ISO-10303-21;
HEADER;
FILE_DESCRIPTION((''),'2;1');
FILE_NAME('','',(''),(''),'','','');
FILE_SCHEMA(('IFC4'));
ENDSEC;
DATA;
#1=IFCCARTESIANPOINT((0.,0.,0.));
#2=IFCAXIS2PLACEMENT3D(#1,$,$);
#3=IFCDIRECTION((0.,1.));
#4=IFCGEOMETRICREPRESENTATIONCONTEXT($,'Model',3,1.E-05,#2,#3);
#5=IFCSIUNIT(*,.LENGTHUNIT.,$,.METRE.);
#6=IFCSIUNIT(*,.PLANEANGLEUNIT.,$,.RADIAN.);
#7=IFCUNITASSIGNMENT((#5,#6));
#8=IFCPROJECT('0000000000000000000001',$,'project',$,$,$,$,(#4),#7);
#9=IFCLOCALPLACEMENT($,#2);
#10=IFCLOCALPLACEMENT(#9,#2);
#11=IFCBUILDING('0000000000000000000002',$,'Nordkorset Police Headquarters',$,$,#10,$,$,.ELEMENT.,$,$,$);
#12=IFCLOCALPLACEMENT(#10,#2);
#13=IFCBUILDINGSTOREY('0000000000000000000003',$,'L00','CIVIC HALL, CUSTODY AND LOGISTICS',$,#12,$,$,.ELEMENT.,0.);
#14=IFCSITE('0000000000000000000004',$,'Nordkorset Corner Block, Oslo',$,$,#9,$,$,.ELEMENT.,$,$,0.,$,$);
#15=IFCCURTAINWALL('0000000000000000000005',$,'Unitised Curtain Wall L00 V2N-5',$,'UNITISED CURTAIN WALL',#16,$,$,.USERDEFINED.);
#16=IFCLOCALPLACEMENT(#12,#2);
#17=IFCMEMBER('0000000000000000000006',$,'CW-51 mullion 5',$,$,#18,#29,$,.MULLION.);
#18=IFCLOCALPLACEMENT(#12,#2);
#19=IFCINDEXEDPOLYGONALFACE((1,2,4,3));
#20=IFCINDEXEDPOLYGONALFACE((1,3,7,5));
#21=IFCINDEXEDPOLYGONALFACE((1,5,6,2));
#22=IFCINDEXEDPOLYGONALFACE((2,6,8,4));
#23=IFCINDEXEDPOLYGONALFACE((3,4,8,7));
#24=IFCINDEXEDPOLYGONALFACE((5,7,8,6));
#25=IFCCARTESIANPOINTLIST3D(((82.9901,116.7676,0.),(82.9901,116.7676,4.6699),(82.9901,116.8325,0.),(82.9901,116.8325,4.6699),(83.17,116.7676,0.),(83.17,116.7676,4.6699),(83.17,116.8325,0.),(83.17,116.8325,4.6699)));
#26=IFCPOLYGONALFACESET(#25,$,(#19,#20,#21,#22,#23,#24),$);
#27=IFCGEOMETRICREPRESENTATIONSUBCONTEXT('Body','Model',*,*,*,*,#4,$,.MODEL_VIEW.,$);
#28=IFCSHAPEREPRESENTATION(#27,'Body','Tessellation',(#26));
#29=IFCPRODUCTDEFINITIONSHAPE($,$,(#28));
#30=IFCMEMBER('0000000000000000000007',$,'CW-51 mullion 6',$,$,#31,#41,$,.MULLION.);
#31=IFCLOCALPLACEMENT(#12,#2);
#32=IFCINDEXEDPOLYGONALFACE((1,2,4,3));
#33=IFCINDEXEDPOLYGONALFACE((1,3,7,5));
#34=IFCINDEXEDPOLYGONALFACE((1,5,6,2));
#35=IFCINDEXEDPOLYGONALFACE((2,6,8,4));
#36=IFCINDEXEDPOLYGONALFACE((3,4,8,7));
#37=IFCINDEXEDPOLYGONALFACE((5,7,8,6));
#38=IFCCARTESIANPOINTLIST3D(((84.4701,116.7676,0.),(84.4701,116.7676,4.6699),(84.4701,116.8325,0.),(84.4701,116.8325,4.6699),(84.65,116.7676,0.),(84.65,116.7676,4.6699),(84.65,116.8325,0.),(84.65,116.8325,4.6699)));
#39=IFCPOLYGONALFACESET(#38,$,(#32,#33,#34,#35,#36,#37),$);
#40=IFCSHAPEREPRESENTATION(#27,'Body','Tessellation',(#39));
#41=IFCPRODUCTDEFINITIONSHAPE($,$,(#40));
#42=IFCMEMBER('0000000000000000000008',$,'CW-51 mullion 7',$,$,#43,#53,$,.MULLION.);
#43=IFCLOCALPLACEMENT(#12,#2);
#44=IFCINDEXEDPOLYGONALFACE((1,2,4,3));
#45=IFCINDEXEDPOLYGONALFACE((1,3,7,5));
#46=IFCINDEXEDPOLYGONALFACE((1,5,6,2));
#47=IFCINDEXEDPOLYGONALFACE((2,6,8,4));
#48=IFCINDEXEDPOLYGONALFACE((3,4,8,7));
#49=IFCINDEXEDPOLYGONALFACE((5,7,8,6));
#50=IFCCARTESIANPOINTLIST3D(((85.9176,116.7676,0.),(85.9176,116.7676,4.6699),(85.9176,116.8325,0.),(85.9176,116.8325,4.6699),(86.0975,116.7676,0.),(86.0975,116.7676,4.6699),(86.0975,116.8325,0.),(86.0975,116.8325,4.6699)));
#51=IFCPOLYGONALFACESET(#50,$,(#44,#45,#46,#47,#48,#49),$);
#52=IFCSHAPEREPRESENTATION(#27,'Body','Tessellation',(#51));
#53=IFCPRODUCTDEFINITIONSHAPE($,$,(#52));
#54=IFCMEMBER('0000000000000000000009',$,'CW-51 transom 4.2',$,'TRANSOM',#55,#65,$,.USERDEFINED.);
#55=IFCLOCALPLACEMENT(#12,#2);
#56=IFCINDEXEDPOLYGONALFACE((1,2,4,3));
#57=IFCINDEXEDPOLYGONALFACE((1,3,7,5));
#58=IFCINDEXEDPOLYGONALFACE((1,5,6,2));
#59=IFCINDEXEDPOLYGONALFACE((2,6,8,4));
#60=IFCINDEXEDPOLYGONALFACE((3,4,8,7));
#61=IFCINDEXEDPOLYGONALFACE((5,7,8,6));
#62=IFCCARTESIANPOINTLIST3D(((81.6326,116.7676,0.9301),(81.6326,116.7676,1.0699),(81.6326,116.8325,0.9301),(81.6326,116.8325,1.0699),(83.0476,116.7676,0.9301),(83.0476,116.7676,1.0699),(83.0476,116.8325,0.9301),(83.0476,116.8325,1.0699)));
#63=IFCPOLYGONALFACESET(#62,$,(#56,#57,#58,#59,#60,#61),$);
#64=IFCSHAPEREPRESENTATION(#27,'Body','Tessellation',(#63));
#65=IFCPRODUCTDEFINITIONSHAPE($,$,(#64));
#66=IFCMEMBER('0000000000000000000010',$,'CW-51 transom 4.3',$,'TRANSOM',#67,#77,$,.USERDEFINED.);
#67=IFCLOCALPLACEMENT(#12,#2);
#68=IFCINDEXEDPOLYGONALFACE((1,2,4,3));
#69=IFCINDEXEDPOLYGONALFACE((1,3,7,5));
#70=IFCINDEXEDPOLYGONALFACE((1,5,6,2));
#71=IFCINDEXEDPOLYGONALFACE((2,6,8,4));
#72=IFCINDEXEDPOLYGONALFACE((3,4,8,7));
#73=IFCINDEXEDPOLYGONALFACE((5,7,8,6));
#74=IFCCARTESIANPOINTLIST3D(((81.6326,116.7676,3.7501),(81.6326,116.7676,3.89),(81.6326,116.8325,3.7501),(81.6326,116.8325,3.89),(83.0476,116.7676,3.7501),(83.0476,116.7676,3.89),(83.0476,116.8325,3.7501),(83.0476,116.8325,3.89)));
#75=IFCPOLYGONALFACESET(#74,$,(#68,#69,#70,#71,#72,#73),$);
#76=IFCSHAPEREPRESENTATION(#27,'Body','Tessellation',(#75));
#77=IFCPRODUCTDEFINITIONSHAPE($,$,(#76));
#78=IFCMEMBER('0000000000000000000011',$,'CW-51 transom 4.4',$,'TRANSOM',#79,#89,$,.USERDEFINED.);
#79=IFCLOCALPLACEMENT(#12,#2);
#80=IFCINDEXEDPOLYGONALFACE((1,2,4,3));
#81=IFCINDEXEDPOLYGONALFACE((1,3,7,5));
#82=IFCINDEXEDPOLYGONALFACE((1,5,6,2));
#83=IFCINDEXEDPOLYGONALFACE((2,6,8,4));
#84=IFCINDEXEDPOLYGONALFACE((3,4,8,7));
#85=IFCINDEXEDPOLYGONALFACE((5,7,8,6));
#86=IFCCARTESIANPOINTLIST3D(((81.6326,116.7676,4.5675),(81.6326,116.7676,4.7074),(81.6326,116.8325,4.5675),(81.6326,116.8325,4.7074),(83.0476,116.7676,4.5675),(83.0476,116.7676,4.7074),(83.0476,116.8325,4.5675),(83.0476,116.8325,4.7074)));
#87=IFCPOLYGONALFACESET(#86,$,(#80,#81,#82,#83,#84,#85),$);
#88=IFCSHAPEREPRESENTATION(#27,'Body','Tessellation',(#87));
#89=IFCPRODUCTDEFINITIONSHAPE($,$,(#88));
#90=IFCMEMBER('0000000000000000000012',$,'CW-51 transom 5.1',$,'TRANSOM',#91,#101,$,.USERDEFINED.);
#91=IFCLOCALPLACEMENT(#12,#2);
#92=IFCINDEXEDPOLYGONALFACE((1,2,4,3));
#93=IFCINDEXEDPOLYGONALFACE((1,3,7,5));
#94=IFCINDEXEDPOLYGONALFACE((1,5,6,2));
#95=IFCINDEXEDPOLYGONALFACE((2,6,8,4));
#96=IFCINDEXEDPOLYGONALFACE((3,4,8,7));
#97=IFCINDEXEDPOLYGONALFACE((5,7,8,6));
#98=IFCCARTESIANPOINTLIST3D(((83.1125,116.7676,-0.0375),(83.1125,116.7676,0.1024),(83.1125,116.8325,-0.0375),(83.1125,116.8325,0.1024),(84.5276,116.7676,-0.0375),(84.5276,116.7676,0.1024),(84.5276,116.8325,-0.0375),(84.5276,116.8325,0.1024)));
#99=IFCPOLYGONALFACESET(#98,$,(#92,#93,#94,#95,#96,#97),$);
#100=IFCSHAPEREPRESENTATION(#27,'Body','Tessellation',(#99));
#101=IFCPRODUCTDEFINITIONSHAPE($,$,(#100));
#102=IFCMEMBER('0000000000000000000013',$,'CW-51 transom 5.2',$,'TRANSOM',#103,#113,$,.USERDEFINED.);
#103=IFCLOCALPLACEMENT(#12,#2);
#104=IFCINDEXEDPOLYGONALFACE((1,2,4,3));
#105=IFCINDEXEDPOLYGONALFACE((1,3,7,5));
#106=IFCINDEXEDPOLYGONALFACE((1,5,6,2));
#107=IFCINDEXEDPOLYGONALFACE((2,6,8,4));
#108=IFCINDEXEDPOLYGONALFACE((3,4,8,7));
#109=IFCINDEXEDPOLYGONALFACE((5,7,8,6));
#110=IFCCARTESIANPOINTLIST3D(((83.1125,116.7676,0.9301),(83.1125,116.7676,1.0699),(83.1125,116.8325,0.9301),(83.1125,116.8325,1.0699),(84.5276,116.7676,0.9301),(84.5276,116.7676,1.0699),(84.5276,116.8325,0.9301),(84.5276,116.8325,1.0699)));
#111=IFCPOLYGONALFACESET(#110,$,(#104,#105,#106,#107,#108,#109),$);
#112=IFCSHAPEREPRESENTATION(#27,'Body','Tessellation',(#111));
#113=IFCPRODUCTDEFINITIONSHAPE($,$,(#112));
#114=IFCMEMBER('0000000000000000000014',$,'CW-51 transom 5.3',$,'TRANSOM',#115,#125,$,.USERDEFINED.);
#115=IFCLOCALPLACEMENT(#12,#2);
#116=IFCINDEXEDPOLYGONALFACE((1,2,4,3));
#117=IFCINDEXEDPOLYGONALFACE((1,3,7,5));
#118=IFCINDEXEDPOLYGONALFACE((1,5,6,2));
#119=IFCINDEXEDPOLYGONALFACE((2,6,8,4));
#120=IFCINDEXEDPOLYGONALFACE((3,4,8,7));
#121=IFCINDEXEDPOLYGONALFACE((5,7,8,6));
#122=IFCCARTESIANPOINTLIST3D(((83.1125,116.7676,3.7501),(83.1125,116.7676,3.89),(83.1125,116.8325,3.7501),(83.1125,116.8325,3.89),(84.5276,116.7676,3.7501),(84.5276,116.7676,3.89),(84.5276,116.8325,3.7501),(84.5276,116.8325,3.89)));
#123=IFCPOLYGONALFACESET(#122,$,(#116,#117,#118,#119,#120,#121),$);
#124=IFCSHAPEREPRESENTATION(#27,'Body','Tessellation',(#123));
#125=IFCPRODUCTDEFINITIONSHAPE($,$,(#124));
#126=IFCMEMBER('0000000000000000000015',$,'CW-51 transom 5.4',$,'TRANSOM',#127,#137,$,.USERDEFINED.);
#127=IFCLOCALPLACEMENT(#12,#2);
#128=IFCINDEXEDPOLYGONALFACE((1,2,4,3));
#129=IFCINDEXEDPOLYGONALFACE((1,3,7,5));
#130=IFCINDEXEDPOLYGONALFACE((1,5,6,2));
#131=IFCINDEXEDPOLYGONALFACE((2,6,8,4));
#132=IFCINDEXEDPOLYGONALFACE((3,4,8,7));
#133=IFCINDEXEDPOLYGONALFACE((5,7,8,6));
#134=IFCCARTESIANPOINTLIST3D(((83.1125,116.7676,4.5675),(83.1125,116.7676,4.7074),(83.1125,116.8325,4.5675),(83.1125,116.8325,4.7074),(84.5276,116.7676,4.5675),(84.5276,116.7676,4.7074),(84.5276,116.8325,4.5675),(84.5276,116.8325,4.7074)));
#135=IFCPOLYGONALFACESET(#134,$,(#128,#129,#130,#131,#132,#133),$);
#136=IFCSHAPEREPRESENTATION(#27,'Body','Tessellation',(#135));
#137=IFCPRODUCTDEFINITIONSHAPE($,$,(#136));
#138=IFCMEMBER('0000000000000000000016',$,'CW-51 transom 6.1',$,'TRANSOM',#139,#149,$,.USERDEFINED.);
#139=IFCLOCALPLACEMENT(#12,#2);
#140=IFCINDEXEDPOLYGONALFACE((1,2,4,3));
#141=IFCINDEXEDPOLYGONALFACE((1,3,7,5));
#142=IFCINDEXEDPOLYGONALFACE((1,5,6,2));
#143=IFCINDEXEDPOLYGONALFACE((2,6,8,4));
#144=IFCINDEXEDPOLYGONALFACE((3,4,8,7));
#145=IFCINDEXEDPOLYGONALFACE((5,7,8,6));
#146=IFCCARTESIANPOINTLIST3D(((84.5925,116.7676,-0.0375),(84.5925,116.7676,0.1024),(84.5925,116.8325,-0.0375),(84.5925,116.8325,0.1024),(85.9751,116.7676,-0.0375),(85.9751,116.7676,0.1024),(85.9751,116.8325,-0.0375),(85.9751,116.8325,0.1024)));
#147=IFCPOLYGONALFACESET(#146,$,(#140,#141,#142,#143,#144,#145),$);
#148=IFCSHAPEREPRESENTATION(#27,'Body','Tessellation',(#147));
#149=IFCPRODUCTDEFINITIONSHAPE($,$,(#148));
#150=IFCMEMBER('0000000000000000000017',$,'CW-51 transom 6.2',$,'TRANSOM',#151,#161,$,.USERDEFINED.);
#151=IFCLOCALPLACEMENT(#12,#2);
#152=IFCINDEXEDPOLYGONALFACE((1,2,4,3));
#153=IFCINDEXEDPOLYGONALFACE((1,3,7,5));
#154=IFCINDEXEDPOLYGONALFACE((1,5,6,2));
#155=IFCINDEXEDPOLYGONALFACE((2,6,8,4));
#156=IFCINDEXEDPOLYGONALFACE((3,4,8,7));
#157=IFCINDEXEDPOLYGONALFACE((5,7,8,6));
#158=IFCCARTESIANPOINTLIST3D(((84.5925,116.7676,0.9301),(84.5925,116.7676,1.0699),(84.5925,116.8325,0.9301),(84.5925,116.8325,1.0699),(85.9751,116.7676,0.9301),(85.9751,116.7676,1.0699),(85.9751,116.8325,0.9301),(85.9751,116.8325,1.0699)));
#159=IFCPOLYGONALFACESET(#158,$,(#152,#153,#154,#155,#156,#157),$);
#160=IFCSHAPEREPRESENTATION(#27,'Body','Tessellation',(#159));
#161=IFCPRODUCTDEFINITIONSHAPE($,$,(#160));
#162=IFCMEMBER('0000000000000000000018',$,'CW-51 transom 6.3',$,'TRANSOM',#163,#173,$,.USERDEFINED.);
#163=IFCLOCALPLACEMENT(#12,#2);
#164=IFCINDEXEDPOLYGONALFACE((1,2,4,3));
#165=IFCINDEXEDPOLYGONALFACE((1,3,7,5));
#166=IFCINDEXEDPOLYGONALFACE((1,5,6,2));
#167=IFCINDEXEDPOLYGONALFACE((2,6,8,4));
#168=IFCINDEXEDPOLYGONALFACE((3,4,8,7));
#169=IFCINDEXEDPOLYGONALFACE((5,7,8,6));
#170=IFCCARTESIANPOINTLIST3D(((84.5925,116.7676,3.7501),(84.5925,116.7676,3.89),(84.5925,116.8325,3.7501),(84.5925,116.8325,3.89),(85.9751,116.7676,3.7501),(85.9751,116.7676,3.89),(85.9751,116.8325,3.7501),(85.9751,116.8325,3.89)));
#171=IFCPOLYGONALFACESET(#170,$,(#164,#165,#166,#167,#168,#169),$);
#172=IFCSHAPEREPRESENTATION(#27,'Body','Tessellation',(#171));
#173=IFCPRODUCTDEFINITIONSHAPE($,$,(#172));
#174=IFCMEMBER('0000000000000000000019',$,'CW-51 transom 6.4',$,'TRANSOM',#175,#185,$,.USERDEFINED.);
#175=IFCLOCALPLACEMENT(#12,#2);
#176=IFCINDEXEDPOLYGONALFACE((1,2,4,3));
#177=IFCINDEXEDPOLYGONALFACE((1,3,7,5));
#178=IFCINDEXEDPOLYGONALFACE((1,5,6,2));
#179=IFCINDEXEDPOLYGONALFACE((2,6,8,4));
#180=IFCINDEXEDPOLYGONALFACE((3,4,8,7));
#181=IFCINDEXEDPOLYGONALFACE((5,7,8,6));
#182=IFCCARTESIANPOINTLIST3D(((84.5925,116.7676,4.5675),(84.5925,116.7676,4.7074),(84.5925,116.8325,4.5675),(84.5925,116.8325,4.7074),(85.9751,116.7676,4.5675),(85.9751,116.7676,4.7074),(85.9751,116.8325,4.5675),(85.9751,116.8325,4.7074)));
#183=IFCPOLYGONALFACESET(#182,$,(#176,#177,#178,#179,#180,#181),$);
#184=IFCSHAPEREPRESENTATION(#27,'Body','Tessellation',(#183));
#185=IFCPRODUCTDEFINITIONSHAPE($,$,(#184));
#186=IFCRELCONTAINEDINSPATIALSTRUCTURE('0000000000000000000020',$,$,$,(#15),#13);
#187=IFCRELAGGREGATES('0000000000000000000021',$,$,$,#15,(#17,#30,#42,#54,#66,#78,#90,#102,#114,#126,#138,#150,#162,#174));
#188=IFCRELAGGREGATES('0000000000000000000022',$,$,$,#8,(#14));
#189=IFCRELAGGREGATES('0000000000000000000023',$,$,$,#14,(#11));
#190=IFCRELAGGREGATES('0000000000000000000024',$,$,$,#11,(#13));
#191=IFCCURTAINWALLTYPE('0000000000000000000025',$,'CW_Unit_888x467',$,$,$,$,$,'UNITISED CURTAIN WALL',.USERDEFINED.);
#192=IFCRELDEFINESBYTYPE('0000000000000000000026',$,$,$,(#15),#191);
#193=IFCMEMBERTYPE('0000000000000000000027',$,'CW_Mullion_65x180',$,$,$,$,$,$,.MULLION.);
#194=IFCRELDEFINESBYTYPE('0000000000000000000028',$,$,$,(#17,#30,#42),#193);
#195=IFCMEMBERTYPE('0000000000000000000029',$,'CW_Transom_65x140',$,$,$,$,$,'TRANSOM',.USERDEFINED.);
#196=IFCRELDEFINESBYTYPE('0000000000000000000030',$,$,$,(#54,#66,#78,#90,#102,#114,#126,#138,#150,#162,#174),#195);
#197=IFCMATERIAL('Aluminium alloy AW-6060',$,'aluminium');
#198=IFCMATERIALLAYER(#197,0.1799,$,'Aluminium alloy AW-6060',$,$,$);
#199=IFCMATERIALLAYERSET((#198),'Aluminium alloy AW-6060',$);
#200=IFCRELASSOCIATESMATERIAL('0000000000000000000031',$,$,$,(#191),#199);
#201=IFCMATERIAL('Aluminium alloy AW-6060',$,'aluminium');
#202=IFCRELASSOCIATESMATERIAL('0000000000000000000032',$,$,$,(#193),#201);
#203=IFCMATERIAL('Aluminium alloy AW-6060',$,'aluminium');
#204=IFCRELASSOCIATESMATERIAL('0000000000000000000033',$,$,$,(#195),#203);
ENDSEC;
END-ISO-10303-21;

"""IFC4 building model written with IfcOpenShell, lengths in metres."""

from ifc_helpers import new_model, si_unit, direction, frame, origin, origin_2d, place, context, subcontext, project, spatial, rectangle, extrude, material, layer, layer_set, material_profile, profile_set, type_object, element, aggregate, save


model = new_model("IFC4")

# Units and contexts
model_context = context("Model", 3, precision=1e-05, world=origin(), true_north=direction((0.0, 1.0)))
body_context = subcontext(model_context, "Body", "Model", "MODEL_VIEW")
ifc_project = project(units=[si_unit("LENGTHUNIT", "METRE"), si_unit("PLANEANGLEUNIT", "RADIAN")], contexts=[model_context])

# Site, building, storey
site_placement = place(None, origin())
site = spatial("IfcSite", under=ifc_project, at=site_placement, Name="Nordkorset Corner Block, Oslo", CompositionType="ELEMENT", RefElevation=0.0)
building_placement = place(site_placement, origin())
building = spatial("IfcBuilding", under=site, at=building_placement, Name="Nordkorset Police Headquarters", CompositionType="ELEMENT")
storey_placement = place(building_placement, origin())
storey = spatial("IfcBuildingStorey", under=building, at=storey_placement, Name="L00", Description="CIVIC HALL, CUSTODY AND LOGISTICS", CompositionType="ELEMENT", Elevation=0.0)

# Curtain wall, members
ifc_material_1 = material(Name="Aluminium alloy AW-6060", Category="aluminium")
ifc_layer_1 = layer(ifc_material_1, 0.1799, Name="Aluminium alloy AW-6060")
ifc_layer_set_1 = layer_set([ifc_layer_1], Name="Aluminium alloy AW-6060")
curtain_wall_type = type_object("IfcCurtainWallType", Name="CW_Unit_888x467", ElementType="UNITISED CURTAIN WALL", PredefinedType="USERDEFINED", material=ifc_layer_set_1)
curtain_wall_placement = place(storey_placement, origin())
curtain_wall = element("IfcCurtainWall", 1, at=curtain_wall_placement, inside=storey, type_object=curtain_wall_type, Name="Unitised Curtain Wall L00 V2N-5", ObjectType="UNITISED CURTAIN WALL", PredefinedType="USERDEFINED")
ifc_material_2 = material(Name="Aluminium alloy AW-6060", Category="aluminium")
ifc_material_profile_1 = material_profile(ifc_material_2, rectangle(XDim=0.0649, YDim=0.1799, at=origin_2d()), Name="ALU MULL 65x180")
ifc_profile_set_1 = profile_set([ifc_material_profile_1], Name="Aluminium alloy AW-6060")
member_type_1 = type_object("IfcMemberType", Name="CW_Mullion_65x180", PredefinedType="MULLION", material=ifc_profile_set_1)
member_1_placement = place(storey_placement, frame((83.0801, 116.8, 0.0), z_axis=(0.0, 0.0, 1.0), x_axis=(0.0, 1.0, 0.0)))
member_1 = element("IfcMember", 2, at=member_1_placement, type_object=member_type_1, Name="CW-51 mullion 5", PredefinedType="MULLION", context=body_context, shape_type="SweptSolid", body=[
    extrude(rectangle(XDim=0.0649, YDim=0.1799, at=origin_2d()), origin(), (0.0, 0.0, 1.0), 4.6699),
])
member_2_placement = place(storey_placement, frame((84.5601, 116.8, 0.0), z_axis=(0.0, 0.0, 1.0), x_axis=(0.0, 1.0, 0.0)))
member_2 = element("IfcMember", 3, at=member_2_placement, type_object=member_type_1, Name="CW-51 mullion 6", PredefinedType="MULLION", context=body_context, shape_type="SweptSolid", body=[
    extrude(rectangle(XDim=0.0649, YDim=0.1799, at=origin_2d()), origin(), (0.0, 0.0, 1.0), 4.6699),
])
member_3_placement = place(storey_placement, frame((86.0076, 116.8, 0.0), z_axis=(0.0, 0.0, 1.0), x_axis=(0.0, 1.0, 0.0)))
member_3 = element("IfcMember", 4, at=member_3_placement, type_object=member_type_1, Name="CW-51 mullion 7", PredefinedType="MULLION", context=body_context, shape_type="SweptSolid", body=[
    extrude(rectangle(XDim=0.0649, YDim=0.1799, at=origin_2d()), origin(), (0.0, 0.0, 1.0), 4.6699),
])
ifc_material_3 = material(Name="Aluminium alloy AW-6060", Category="aluminium")
ifc_material_profile_2 = material_profile(ifc_material_3, rectangle(XDim=0.0649, YDim=0.1399, at=origin_2d()), Name="ALU TRAN 65x140")
ifc_profile_set_2 = profile_set([ifc_material_profile_2], Name="Aluminium alloy AW-6060")
member_type_2 = type_object("IfcMemberType", Name="CW_Transom_65x140", ElementType="TRANSOM", PredefinedType="USERDEFINED", material=ifc_profile_set_2)
member_4_placement = place(storey_placement, frame((81.6326, 116.8, 1.0), z_axis=(1.0, 0.0, 0.0), x_axis=(0.0, 1.0, 0.0)))
member_4 = element("IfcMember", 5, at=member_4_placement, type_object=member_type_2, Name="CW-51 transom 4.2", ObjectType="TRANSOM", PredefinedType="USERDEFINED", context=body_context, shape_type="SweptSolid", body=[
    extrude(rectangle(XDim=0.0649, YDim=0.1399, at=origin_2d()), origin(), (0.0, 0.0, 1.0), 1.415),
])
member_5_placement = place(storey_placement, frame((81.6326, 116.8, 3.8201), z_axis=(1.0, 0.0, 0.0), x_axis=(0.0, 1.0, 0.0)))
member_5 = element("IfcMember", 6, at=member_5_placement, type_object=member_type_2, Name="CW-51 transom 4.3", ObjectType="TRANSOM", PredefinedType="USERDEFINED", context=body_context, shape_type="SweptSolid", body=[
    extrude(rectangle(XDim=0.0649, YDim=0.1399, at=origin_2d()), origin(), (0.0, 0.0, 1.0), 1.415),
])
member_6_placement = place(storey_placement, frame((81.6326, 116.8, 4.6375), z_axis=(1.0, 0.0, 0.0), x_axis=(0.0, 1.0, 0.0)))
member_6 = element("IfcMember", 7, at=member_6_placement, type_object=member_type_2, Name="CW-51 transom 4.4", ObjectType="TRANSOM", PredefinedType="USERDEFINED", context=body_context, shape_type="SweptSolid", body=[
    extrude(rectangle(XDim=0.0649, YDim=0.1399, at=origin_2d()), origin(), (0.0, 0.0, 1.0), 1.415),
])
member_7_placement = place(storey_placement, frame((83.1125, 116.8, 0.0325), z_axis=(1.0, 0.0, 0.0), x_axis=(0.0, 1.0, 0.0)))
member_7 = element("IfcMember", 8, at=member_7_placement, type_object=member_type_2, Name="CW-51 transom 5.1", ObjectType="TRANSOM", PredefinedType="USERDEFINED", context=body_context, shape_type="SweptSolid", body=[
    extrude(rectangle(XDim=0.0649, YDim=0.1399, at=origin_2d()), origin(), (0.0, 0.0, 1.0), 1.415),
])
member_8_placement = place(storey_placement, frame((83.1125, 116.8, 1.0), z_axis=(1.0, 0.0, 0.0), x_axis=(0.0, 1.0, 0.0)))
member_8 = element("IfcMember", 9, at=member_8_placement, type_object=member_type_2, Name="CW-51 transom 5.2", ObjectType="TRANSOM", PredefinedType="USERDEFINED", context=body_context, shape_type="SweptSolid", body=[
    extrude(rectangle(XDim=0.0649, YDim=0.1399, at=origin_2d()), origin(), (0.0, 0.0, 1.0), 1.415),
])
member_9_placement = place(storey_placement, frame((83.1125, 116.8, 3.8201), z_axis=(1.0, 0.0, 0.0), x_axis=(0.0, 1.0, 0.0)))
member_9 = element("IfcMember", 10, at=member_9_placement, type_object=member_type_2, Name="CW-51 transom 5.3", ObjectType="TRANSOM", PredefinedType="USERDEFINED", context=body_context, shape_type="SweptSolid", body=[
    extrude(rectangle(XDim=0.0649, YDim=0.1399, at=origin_2d()), origin(), (0.0, 0.0, 1.0), 1.415),
])
member_10_placement = place(storey_placement, frame((83.1125, 116.8, 4.6375), z_axis=(1.0, 0.0, 0.0), x_axis=(0.0, 1.0, 0.0)))
member_10 = element("IfcMember", 11, at=member_10_placement, type_object=member_type_2, Name="CW-51 transom 5.4", ObjectType="TRANSOM", PredefinedType="USERDEFINED", context=body_context, shape_type="SweptSolid", body=[
    extrude(rectangle(XDim=0.0649, YDim=0.1399, at=origin_2d()), origin(), (0.0, 0.0, 1.0), 1.415),
])
member_11_placement = place(storey_placement, frame((84.5925, 116.8, 0.0325), z_axis=(1.0, 0.0, 0.0), x_axis=(0.0, 1.0, 0.0)))
member_11 = element("IfcMember", 12, at=member_11_placement, type_object=member_type_2, Name="CW-51 transom 6.1", ObjectType="TRANSOM", PredefinedType="USERDEFINED", context=body_context, shape_type="SweptSolid", body=[
    extrude(rectangle(XDim=0.0649, YDim=0.1399, at=origin_2d()), origin(), (0.0, 0.0, 1.0), 1.3826),
])
member_12_placement = place(storey_placement, frame((84.5925, 116.8, 1.0), z_axis=(1.0, 0.0, 0.0), x_axis=(0.0, 1.0, 0.0)))
member_12 = element("IfcMember", 13, at=member_12_placement, type_object=member_type_2, Name="CW-51 transom 6.2", ObjectType="TRANSOM", PredefinedType="USERDEFINED", context=body_context, shape_type="SweptSolid", body=[
    extrude(rectangle(XDim=0.0649, YDim=0.1399, at=origin_2d()), origin(), (0.0, 0.0, 1.0), 1.3826),
])
member_13_placement = place(storey_placement, frame((84.5925, 116.8, 3.8201), z_axis=(1.0, 0.0, 0.0), x_axis=(0.0, 1.0, 0.0)))
member_13 = element("IfcMember", 14, at=member_13_placement, type_object=member_type_2, Name="CW-51 transom 6.3", ObjectType="TRANSOM", PredefinedType="USERDEFINED", context=body_context, shape_type="SweptSolid", body=[
    extrude(rectangle(XDim=0.0649, YDim=0.1399, at=origin_2d()), origin(), (0.0, 0.0, 1.0), 1.3826),
])
member_14_placement = place(storey_placement, frame((84.5925, 116.8, 4.6375), z_axis=(1.0, 0.0, 0.0), x_axis=(0.0, 1.0, 0.0)))
member_14 = element("IfcMember", 15, at=member_14_placement, type_object=member_type_2, Name="CW-51 transom 6.4", ObjectType="TRANSOM", PredefinedType="USERDEFINED", context=body_context, shape_type="SweptSolid", body=[
    extrude(rectangle(XDim=0.0649, YDim=0.1399, at=origin_2d()), origin(), (0.0, 0.0, 1.0), 1.3826),
])
aggregate(curtain_wall, [member_1, member_2, member_3, member_4, member_5, member_6, member_7, member_8, member_9, member_10, member_11, member_12, member_13, member_14])

save(model, "model.ifc")
